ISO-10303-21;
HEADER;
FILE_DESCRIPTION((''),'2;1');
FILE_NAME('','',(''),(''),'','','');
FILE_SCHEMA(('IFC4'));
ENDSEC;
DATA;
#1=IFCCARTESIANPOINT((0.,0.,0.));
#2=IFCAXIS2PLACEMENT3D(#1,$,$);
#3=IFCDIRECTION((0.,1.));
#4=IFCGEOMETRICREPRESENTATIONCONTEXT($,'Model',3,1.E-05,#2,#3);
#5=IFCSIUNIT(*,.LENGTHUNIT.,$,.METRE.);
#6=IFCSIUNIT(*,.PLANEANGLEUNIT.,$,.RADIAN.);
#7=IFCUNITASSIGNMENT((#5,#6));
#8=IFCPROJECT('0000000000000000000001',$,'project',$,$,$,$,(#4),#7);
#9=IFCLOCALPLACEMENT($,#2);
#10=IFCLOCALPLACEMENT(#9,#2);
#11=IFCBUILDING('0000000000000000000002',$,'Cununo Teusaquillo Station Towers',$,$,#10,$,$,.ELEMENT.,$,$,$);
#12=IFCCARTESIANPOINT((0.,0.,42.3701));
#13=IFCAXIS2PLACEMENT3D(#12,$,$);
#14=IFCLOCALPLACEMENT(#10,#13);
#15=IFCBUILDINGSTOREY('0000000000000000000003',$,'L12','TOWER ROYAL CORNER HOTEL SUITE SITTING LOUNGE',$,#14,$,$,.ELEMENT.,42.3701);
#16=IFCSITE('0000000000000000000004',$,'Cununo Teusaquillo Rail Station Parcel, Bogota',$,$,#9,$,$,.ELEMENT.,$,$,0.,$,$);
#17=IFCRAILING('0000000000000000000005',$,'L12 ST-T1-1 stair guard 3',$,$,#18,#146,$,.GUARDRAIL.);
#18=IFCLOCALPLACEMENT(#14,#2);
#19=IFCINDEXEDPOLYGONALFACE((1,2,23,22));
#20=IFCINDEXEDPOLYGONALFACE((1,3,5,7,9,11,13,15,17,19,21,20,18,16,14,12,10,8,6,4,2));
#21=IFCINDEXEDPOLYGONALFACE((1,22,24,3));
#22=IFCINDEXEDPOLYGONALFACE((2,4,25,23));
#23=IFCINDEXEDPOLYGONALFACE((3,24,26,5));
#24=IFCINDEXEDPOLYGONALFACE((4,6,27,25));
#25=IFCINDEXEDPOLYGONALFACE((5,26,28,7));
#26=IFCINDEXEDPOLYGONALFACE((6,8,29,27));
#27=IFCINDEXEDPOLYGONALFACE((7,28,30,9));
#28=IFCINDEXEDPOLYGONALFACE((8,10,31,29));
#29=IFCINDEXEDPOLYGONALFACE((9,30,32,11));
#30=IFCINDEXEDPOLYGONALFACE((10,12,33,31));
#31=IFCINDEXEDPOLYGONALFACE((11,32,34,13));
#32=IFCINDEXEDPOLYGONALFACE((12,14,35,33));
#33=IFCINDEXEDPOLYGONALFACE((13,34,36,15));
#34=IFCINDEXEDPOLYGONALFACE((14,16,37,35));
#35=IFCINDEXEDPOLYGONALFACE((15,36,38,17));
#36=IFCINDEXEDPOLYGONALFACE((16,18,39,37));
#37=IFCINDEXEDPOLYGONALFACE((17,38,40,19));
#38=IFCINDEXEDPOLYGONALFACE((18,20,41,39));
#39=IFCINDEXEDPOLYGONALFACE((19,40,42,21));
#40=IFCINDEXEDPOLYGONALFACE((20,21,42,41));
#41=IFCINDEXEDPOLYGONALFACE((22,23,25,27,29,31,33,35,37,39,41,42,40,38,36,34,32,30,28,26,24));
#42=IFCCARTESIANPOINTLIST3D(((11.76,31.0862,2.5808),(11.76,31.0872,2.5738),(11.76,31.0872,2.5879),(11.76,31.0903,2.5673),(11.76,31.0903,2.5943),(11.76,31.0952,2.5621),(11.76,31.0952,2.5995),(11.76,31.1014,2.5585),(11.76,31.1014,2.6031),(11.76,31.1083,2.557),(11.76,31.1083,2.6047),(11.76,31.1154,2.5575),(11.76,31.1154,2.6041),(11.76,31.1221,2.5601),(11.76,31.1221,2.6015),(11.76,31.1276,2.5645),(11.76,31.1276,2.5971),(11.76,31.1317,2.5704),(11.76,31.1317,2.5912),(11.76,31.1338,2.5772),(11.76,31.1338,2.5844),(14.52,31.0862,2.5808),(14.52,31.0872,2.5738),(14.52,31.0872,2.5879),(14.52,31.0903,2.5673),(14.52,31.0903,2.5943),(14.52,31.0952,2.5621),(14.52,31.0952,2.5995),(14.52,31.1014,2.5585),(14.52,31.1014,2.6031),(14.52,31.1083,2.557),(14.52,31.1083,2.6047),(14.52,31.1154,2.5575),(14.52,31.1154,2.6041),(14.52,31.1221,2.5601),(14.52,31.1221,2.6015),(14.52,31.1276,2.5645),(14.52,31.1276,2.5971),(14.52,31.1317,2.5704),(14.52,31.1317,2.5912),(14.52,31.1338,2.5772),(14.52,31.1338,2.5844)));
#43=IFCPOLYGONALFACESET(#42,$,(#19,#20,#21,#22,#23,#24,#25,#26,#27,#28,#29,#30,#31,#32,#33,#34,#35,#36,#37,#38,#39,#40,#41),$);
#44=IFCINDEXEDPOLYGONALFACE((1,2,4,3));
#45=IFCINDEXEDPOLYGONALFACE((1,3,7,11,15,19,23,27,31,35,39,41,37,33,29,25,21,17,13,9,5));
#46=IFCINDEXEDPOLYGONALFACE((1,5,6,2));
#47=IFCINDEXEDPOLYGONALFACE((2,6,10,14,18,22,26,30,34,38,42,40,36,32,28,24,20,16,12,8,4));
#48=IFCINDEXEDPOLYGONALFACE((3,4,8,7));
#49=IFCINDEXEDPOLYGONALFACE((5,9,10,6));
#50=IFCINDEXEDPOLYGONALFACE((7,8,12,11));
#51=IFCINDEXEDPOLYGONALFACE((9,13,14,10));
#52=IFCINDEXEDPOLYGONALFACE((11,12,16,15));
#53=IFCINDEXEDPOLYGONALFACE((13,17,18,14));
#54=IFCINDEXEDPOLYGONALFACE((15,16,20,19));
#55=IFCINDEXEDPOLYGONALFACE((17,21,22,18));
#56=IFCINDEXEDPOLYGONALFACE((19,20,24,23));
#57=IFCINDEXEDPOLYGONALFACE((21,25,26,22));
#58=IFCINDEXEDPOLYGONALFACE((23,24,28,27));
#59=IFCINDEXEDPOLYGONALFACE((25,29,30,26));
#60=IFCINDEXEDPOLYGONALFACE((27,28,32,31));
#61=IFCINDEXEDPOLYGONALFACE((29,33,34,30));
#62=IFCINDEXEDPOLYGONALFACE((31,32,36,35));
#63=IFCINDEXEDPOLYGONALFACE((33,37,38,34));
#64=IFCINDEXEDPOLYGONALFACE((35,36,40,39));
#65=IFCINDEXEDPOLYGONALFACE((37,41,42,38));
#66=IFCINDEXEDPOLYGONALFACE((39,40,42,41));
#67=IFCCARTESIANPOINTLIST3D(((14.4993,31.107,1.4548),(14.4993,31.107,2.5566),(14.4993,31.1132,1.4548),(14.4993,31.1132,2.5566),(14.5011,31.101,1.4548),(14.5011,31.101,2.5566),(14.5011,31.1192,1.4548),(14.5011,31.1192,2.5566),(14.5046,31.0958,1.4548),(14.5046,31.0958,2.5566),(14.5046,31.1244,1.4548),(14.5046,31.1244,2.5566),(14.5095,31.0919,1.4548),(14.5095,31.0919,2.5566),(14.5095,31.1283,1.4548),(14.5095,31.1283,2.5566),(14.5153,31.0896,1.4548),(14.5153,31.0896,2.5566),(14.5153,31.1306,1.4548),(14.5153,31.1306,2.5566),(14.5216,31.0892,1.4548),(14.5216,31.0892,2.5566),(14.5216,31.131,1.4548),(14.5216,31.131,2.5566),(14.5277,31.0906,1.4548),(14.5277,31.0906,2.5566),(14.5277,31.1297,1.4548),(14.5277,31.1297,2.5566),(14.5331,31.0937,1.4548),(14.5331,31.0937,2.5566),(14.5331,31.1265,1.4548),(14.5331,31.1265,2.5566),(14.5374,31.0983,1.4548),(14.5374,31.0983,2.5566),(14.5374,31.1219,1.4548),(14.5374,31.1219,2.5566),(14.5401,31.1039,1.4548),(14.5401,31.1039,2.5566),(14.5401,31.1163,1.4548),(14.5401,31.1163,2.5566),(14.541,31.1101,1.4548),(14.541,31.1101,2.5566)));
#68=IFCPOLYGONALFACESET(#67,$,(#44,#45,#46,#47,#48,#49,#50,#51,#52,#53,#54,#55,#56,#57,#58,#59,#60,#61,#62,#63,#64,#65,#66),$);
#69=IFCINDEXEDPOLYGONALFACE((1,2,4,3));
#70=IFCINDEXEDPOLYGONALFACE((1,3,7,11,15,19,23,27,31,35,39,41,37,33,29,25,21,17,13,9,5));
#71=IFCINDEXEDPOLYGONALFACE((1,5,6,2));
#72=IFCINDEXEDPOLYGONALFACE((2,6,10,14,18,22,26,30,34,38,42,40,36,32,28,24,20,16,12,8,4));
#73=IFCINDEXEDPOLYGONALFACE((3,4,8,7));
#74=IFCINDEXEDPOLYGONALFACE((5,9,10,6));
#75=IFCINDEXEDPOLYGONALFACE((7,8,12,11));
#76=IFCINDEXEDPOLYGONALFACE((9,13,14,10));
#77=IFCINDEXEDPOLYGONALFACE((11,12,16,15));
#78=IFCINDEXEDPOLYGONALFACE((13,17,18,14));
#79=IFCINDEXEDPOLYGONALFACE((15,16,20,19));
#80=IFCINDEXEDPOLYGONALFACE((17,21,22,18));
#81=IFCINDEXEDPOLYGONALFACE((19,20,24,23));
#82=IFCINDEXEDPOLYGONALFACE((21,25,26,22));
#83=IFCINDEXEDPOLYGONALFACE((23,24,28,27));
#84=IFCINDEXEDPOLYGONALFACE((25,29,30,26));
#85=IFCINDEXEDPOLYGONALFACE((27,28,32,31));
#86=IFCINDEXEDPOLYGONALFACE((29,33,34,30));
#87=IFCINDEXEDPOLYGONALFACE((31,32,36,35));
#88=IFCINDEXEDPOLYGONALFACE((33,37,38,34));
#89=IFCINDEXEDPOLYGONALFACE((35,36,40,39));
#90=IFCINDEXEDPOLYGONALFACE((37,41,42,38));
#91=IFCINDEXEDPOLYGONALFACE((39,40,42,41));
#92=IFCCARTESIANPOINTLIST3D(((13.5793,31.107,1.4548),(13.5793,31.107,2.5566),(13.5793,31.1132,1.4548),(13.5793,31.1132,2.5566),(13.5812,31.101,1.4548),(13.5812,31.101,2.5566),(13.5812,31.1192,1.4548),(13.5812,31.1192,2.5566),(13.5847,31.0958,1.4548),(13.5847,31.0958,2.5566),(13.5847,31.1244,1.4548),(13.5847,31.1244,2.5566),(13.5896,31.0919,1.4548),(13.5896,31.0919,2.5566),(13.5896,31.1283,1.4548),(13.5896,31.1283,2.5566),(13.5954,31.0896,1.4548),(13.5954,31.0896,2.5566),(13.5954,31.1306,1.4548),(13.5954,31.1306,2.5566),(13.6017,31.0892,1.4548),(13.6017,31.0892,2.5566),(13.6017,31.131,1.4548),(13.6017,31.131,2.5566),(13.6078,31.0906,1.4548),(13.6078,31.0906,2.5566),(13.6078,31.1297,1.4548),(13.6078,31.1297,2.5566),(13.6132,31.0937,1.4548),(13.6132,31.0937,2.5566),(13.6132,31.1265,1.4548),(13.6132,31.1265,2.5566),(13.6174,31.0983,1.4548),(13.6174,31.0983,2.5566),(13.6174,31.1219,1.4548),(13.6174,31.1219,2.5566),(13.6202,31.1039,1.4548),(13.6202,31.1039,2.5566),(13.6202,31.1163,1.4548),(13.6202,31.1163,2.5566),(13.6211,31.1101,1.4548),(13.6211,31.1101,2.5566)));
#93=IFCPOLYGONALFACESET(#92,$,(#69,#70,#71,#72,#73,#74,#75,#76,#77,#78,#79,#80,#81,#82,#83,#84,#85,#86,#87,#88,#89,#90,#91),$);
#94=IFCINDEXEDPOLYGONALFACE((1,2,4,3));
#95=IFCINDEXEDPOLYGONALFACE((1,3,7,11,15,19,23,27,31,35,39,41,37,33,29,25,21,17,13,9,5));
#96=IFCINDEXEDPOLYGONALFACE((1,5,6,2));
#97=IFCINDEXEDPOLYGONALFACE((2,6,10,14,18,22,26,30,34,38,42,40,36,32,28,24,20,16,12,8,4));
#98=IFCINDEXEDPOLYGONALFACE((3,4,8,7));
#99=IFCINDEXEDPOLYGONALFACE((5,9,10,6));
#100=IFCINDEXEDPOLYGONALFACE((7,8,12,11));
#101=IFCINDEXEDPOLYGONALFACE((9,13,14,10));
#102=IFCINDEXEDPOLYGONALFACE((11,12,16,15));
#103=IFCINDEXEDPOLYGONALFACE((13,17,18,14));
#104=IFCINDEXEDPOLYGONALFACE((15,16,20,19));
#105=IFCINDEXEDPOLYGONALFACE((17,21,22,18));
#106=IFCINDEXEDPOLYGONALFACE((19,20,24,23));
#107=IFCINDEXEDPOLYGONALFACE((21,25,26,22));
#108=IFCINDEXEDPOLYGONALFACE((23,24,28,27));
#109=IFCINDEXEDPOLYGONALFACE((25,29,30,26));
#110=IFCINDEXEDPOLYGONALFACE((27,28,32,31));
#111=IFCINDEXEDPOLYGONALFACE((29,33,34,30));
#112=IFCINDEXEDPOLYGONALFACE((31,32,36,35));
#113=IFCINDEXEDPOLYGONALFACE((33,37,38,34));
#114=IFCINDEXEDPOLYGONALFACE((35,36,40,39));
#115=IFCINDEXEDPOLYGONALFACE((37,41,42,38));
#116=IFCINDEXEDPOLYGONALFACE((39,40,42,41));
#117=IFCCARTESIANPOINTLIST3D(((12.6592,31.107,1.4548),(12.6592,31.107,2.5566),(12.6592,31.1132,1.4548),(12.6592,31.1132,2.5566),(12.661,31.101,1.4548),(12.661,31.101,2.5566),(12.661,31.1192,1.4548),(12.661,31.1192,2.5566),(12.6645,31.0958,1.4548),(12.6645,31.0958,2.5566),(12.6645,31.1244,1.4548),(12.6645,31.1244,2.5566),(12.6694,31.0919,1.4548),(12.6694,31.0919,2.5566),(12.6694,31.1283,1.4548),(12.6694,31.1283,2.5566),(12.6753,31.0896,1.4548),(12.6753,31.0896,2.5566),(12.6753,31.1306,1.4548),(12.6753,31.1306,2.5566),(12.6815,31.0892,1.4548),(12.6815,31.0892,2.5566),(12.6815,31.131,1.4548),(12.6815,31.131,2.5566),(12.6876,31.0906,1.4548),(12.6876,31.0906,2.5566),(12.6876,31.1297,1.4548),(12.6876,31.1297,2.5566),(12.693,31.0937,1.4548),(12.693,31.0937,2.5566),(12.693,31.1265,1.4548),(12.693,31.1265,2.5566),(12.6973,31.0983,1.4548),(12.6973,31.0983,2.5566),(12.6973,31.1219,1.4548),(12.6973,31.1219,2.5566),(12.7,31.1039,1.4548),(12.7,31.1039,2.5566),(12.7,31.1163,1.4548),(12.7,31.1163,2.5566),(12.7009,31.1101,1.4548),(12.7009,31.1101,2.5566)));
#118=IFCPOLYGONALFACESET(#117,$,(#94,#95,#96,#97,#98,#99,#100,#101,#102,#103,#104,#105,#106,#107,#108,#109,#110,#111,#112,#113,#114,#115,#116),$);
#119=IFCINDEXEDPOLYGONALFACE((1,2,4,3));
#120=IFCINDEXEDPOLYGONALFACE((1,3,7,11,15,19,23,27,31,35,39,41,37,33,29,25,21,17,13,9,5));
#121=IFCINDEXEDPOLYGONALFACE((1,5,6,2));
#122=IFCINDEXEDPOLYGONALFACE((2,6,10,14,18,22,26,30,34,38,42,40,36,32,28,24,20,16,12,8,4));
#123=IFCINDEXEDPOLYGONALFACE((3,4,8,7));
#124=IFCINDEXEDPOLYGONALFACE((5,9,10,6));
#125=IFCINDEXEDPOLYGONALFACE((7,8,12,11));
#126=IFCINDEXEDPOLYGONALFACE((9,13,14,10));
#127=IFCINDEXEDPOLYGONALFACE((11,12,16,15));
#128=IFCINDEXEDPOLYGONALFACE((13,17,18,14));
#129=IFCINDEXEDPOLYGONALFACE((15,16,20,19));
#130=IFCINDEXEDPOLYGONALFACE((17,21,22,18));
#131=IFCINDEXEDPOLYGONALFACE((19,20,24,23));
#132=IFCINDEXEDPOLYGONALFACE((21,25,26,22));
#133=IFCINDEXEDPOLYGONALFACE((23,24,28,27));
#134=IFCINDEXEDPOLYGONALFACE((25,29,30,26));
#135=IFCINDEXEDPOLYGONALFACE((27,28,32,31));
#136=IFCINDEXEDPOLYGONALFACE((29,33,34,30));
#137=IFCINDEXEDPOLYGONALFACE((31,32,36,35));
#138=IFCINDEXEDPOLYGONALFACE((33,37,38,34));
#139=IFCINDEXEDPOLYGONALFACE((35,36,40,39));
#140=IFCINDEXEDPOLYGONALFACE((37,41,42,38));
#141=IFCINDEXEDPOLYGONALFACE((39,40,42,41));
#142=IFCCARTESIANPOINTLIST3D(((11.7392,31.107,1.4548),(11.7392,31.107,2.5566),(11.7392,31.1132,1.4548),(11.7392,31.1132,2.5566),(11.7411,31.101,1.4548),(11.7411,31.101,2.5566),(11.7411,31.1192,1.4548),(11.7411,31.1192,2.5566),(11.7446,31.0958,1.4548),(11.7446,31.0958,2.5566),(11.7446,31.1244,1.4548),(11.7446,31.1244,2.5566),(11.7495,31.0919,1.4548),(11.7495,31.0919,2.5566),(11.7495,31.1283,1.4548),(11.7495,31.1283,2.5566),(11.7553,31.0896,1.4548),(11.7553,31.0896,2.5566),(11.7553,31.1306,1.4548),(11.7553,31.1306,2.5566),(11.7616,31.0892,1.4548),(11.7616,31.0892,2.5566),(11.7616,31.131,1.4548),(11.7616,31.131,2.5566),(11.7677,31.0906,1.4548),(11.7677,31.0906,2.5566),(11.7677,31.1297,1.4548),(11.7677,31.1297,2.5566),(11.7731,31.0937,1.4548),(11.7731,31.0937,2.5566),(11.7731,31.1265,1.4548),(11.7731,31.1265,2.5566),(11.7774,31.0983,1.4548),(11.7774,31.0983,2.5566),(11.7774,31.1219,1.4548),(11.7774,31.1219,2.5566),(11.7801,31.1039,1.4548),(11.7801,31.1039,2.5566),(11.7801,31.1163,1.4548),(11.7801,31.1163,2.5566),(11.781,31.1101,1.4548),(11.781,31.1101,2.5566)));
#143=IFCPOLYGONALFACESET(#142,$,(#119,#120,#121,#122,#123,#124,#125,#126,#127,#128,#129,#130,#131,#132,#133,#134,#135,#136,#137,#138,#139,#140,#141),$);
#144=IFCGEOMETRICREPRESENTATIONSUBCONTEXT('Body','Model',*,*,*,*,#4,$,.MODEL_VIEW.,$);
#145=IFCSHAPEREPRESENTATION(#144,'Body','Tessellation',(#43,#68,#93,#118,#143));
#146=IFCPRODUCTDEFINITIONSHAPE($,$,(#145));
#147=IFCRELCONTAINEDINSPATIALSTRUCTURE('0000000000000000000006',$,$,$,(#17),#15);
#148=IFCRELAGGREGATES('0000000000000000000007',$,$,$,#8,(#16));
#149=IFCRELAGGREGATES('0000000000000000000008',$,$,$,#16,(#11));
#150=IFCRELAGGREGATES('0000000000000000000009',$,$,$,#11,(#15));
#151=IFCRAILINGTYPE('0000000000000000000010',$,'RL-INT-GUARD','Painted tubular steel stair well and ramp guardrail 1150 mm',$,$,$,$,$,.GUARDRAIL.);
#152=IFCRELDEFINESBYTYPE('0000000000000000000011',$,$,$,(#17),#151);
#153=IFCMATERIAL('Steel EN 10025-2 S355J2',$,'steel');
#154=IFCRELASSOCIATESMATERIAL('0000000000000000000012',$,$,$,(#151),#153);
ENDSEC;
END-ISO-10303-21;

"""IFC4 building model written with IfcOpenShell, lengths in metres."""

from ifc_helpers import new_model, si_unit, direction, frame, origin, origin_2d, place, context, subcontext, project, spatial, circle, extrude, material, type_object, element, save


model = new_model("IFC4")

# Units and contexts
model_context = context("Model", 3, precision=1e-05, world=origin(), true_north=direction((0.0, 1.0)))
body_context = subcontext(model_context, "Body", "Model", "MODEL_VIEW")
ifc_project = project(units=[si_unit("LENGTHUNIT", "METRE"), si_unit("PLANEANGLEUNIT", "RADIAN")], contexts=[model_context])

# Site, building, storey
site_placement = place(None, origin())
site = spatial("IfcSite", under=ifc_project, at=site_placement, Name="Cununo Teusaquillo Rail Station Parcel, Bogota", CompositionType="ELEMENT", RefElevation=0.0)
building_placement = place(site_placement, origin())
building = spatial("IfcBuilding", under=site, at=building_placement, Name="Cununo Teusaquillo Station Towers", CompositionType="ELEMENT")
storey_placement = place(building_placement, frame((0.0, 0.0, 42.3701)))
storey = spatial("IfcBuildingStorey", under=building, at=storey_placement, Name="L12", Description="TOWER ROYAL CORNER HOTEL SUITE SITTING LOUNGE", CompositionType="ELEMENT", Elevation=42.3701)

# Railing
ifc_material_1 = material(Name="Steel EN 10025-2 S355J2", Category="steel")
railing_type_1 = type_object("IfcRailingType", Name="RL-INT-GUARD", Description="Painted tubular steel stair well and ramp guardrail 1150 mm", PredefinedType="GUARDRAIL", material=ifc_material_1)
railing_1_placement = place(storey_placement, frame((14.52, 31.1101, 1.4548)))
element("IfcRailing", 1, at=railing_1_placement, inside=storey, type_object=railing_type_1, Name="L12 ST-T1-1 stair guard 3", PredefinedType="GUARDRAIL", context=body_context, shape_type="SweptSolid", body=[
    extrude(circle(Radius=0.0239, at=origin_2d()), frame((0.0, 0.0, 1.126), z_axis=(-1.0, 0.0, 0.0), x_axis=(0.0, -1.0, 0.0)), (0.0, 0.0, 1.0), 2.76),
    extrude(circle(Radius=0.021, at=origin_2d()), origin(), (0.0, 0.0, 1.0), 1.1018),
    extrude(circle(Radius=0.021, at=origin_2d()), frame((-0.9199, 0.0, 0.0)), (0.0, 0.0, 1.0), 1.1018),
    extrude(circle(Radius=0.021, at=origin_2d()), frame((-1.8401, 0.0, 0.0)), (0.0, 0.0, 1.0), 1.1018),
    extrude(circle(Radius=0.021, at=origin_2d()), frame((-2.76, 0.0, 0.0)), (0.0, 0.0, 1.0), 1.1018),
])

save(model, "model.ifc")
